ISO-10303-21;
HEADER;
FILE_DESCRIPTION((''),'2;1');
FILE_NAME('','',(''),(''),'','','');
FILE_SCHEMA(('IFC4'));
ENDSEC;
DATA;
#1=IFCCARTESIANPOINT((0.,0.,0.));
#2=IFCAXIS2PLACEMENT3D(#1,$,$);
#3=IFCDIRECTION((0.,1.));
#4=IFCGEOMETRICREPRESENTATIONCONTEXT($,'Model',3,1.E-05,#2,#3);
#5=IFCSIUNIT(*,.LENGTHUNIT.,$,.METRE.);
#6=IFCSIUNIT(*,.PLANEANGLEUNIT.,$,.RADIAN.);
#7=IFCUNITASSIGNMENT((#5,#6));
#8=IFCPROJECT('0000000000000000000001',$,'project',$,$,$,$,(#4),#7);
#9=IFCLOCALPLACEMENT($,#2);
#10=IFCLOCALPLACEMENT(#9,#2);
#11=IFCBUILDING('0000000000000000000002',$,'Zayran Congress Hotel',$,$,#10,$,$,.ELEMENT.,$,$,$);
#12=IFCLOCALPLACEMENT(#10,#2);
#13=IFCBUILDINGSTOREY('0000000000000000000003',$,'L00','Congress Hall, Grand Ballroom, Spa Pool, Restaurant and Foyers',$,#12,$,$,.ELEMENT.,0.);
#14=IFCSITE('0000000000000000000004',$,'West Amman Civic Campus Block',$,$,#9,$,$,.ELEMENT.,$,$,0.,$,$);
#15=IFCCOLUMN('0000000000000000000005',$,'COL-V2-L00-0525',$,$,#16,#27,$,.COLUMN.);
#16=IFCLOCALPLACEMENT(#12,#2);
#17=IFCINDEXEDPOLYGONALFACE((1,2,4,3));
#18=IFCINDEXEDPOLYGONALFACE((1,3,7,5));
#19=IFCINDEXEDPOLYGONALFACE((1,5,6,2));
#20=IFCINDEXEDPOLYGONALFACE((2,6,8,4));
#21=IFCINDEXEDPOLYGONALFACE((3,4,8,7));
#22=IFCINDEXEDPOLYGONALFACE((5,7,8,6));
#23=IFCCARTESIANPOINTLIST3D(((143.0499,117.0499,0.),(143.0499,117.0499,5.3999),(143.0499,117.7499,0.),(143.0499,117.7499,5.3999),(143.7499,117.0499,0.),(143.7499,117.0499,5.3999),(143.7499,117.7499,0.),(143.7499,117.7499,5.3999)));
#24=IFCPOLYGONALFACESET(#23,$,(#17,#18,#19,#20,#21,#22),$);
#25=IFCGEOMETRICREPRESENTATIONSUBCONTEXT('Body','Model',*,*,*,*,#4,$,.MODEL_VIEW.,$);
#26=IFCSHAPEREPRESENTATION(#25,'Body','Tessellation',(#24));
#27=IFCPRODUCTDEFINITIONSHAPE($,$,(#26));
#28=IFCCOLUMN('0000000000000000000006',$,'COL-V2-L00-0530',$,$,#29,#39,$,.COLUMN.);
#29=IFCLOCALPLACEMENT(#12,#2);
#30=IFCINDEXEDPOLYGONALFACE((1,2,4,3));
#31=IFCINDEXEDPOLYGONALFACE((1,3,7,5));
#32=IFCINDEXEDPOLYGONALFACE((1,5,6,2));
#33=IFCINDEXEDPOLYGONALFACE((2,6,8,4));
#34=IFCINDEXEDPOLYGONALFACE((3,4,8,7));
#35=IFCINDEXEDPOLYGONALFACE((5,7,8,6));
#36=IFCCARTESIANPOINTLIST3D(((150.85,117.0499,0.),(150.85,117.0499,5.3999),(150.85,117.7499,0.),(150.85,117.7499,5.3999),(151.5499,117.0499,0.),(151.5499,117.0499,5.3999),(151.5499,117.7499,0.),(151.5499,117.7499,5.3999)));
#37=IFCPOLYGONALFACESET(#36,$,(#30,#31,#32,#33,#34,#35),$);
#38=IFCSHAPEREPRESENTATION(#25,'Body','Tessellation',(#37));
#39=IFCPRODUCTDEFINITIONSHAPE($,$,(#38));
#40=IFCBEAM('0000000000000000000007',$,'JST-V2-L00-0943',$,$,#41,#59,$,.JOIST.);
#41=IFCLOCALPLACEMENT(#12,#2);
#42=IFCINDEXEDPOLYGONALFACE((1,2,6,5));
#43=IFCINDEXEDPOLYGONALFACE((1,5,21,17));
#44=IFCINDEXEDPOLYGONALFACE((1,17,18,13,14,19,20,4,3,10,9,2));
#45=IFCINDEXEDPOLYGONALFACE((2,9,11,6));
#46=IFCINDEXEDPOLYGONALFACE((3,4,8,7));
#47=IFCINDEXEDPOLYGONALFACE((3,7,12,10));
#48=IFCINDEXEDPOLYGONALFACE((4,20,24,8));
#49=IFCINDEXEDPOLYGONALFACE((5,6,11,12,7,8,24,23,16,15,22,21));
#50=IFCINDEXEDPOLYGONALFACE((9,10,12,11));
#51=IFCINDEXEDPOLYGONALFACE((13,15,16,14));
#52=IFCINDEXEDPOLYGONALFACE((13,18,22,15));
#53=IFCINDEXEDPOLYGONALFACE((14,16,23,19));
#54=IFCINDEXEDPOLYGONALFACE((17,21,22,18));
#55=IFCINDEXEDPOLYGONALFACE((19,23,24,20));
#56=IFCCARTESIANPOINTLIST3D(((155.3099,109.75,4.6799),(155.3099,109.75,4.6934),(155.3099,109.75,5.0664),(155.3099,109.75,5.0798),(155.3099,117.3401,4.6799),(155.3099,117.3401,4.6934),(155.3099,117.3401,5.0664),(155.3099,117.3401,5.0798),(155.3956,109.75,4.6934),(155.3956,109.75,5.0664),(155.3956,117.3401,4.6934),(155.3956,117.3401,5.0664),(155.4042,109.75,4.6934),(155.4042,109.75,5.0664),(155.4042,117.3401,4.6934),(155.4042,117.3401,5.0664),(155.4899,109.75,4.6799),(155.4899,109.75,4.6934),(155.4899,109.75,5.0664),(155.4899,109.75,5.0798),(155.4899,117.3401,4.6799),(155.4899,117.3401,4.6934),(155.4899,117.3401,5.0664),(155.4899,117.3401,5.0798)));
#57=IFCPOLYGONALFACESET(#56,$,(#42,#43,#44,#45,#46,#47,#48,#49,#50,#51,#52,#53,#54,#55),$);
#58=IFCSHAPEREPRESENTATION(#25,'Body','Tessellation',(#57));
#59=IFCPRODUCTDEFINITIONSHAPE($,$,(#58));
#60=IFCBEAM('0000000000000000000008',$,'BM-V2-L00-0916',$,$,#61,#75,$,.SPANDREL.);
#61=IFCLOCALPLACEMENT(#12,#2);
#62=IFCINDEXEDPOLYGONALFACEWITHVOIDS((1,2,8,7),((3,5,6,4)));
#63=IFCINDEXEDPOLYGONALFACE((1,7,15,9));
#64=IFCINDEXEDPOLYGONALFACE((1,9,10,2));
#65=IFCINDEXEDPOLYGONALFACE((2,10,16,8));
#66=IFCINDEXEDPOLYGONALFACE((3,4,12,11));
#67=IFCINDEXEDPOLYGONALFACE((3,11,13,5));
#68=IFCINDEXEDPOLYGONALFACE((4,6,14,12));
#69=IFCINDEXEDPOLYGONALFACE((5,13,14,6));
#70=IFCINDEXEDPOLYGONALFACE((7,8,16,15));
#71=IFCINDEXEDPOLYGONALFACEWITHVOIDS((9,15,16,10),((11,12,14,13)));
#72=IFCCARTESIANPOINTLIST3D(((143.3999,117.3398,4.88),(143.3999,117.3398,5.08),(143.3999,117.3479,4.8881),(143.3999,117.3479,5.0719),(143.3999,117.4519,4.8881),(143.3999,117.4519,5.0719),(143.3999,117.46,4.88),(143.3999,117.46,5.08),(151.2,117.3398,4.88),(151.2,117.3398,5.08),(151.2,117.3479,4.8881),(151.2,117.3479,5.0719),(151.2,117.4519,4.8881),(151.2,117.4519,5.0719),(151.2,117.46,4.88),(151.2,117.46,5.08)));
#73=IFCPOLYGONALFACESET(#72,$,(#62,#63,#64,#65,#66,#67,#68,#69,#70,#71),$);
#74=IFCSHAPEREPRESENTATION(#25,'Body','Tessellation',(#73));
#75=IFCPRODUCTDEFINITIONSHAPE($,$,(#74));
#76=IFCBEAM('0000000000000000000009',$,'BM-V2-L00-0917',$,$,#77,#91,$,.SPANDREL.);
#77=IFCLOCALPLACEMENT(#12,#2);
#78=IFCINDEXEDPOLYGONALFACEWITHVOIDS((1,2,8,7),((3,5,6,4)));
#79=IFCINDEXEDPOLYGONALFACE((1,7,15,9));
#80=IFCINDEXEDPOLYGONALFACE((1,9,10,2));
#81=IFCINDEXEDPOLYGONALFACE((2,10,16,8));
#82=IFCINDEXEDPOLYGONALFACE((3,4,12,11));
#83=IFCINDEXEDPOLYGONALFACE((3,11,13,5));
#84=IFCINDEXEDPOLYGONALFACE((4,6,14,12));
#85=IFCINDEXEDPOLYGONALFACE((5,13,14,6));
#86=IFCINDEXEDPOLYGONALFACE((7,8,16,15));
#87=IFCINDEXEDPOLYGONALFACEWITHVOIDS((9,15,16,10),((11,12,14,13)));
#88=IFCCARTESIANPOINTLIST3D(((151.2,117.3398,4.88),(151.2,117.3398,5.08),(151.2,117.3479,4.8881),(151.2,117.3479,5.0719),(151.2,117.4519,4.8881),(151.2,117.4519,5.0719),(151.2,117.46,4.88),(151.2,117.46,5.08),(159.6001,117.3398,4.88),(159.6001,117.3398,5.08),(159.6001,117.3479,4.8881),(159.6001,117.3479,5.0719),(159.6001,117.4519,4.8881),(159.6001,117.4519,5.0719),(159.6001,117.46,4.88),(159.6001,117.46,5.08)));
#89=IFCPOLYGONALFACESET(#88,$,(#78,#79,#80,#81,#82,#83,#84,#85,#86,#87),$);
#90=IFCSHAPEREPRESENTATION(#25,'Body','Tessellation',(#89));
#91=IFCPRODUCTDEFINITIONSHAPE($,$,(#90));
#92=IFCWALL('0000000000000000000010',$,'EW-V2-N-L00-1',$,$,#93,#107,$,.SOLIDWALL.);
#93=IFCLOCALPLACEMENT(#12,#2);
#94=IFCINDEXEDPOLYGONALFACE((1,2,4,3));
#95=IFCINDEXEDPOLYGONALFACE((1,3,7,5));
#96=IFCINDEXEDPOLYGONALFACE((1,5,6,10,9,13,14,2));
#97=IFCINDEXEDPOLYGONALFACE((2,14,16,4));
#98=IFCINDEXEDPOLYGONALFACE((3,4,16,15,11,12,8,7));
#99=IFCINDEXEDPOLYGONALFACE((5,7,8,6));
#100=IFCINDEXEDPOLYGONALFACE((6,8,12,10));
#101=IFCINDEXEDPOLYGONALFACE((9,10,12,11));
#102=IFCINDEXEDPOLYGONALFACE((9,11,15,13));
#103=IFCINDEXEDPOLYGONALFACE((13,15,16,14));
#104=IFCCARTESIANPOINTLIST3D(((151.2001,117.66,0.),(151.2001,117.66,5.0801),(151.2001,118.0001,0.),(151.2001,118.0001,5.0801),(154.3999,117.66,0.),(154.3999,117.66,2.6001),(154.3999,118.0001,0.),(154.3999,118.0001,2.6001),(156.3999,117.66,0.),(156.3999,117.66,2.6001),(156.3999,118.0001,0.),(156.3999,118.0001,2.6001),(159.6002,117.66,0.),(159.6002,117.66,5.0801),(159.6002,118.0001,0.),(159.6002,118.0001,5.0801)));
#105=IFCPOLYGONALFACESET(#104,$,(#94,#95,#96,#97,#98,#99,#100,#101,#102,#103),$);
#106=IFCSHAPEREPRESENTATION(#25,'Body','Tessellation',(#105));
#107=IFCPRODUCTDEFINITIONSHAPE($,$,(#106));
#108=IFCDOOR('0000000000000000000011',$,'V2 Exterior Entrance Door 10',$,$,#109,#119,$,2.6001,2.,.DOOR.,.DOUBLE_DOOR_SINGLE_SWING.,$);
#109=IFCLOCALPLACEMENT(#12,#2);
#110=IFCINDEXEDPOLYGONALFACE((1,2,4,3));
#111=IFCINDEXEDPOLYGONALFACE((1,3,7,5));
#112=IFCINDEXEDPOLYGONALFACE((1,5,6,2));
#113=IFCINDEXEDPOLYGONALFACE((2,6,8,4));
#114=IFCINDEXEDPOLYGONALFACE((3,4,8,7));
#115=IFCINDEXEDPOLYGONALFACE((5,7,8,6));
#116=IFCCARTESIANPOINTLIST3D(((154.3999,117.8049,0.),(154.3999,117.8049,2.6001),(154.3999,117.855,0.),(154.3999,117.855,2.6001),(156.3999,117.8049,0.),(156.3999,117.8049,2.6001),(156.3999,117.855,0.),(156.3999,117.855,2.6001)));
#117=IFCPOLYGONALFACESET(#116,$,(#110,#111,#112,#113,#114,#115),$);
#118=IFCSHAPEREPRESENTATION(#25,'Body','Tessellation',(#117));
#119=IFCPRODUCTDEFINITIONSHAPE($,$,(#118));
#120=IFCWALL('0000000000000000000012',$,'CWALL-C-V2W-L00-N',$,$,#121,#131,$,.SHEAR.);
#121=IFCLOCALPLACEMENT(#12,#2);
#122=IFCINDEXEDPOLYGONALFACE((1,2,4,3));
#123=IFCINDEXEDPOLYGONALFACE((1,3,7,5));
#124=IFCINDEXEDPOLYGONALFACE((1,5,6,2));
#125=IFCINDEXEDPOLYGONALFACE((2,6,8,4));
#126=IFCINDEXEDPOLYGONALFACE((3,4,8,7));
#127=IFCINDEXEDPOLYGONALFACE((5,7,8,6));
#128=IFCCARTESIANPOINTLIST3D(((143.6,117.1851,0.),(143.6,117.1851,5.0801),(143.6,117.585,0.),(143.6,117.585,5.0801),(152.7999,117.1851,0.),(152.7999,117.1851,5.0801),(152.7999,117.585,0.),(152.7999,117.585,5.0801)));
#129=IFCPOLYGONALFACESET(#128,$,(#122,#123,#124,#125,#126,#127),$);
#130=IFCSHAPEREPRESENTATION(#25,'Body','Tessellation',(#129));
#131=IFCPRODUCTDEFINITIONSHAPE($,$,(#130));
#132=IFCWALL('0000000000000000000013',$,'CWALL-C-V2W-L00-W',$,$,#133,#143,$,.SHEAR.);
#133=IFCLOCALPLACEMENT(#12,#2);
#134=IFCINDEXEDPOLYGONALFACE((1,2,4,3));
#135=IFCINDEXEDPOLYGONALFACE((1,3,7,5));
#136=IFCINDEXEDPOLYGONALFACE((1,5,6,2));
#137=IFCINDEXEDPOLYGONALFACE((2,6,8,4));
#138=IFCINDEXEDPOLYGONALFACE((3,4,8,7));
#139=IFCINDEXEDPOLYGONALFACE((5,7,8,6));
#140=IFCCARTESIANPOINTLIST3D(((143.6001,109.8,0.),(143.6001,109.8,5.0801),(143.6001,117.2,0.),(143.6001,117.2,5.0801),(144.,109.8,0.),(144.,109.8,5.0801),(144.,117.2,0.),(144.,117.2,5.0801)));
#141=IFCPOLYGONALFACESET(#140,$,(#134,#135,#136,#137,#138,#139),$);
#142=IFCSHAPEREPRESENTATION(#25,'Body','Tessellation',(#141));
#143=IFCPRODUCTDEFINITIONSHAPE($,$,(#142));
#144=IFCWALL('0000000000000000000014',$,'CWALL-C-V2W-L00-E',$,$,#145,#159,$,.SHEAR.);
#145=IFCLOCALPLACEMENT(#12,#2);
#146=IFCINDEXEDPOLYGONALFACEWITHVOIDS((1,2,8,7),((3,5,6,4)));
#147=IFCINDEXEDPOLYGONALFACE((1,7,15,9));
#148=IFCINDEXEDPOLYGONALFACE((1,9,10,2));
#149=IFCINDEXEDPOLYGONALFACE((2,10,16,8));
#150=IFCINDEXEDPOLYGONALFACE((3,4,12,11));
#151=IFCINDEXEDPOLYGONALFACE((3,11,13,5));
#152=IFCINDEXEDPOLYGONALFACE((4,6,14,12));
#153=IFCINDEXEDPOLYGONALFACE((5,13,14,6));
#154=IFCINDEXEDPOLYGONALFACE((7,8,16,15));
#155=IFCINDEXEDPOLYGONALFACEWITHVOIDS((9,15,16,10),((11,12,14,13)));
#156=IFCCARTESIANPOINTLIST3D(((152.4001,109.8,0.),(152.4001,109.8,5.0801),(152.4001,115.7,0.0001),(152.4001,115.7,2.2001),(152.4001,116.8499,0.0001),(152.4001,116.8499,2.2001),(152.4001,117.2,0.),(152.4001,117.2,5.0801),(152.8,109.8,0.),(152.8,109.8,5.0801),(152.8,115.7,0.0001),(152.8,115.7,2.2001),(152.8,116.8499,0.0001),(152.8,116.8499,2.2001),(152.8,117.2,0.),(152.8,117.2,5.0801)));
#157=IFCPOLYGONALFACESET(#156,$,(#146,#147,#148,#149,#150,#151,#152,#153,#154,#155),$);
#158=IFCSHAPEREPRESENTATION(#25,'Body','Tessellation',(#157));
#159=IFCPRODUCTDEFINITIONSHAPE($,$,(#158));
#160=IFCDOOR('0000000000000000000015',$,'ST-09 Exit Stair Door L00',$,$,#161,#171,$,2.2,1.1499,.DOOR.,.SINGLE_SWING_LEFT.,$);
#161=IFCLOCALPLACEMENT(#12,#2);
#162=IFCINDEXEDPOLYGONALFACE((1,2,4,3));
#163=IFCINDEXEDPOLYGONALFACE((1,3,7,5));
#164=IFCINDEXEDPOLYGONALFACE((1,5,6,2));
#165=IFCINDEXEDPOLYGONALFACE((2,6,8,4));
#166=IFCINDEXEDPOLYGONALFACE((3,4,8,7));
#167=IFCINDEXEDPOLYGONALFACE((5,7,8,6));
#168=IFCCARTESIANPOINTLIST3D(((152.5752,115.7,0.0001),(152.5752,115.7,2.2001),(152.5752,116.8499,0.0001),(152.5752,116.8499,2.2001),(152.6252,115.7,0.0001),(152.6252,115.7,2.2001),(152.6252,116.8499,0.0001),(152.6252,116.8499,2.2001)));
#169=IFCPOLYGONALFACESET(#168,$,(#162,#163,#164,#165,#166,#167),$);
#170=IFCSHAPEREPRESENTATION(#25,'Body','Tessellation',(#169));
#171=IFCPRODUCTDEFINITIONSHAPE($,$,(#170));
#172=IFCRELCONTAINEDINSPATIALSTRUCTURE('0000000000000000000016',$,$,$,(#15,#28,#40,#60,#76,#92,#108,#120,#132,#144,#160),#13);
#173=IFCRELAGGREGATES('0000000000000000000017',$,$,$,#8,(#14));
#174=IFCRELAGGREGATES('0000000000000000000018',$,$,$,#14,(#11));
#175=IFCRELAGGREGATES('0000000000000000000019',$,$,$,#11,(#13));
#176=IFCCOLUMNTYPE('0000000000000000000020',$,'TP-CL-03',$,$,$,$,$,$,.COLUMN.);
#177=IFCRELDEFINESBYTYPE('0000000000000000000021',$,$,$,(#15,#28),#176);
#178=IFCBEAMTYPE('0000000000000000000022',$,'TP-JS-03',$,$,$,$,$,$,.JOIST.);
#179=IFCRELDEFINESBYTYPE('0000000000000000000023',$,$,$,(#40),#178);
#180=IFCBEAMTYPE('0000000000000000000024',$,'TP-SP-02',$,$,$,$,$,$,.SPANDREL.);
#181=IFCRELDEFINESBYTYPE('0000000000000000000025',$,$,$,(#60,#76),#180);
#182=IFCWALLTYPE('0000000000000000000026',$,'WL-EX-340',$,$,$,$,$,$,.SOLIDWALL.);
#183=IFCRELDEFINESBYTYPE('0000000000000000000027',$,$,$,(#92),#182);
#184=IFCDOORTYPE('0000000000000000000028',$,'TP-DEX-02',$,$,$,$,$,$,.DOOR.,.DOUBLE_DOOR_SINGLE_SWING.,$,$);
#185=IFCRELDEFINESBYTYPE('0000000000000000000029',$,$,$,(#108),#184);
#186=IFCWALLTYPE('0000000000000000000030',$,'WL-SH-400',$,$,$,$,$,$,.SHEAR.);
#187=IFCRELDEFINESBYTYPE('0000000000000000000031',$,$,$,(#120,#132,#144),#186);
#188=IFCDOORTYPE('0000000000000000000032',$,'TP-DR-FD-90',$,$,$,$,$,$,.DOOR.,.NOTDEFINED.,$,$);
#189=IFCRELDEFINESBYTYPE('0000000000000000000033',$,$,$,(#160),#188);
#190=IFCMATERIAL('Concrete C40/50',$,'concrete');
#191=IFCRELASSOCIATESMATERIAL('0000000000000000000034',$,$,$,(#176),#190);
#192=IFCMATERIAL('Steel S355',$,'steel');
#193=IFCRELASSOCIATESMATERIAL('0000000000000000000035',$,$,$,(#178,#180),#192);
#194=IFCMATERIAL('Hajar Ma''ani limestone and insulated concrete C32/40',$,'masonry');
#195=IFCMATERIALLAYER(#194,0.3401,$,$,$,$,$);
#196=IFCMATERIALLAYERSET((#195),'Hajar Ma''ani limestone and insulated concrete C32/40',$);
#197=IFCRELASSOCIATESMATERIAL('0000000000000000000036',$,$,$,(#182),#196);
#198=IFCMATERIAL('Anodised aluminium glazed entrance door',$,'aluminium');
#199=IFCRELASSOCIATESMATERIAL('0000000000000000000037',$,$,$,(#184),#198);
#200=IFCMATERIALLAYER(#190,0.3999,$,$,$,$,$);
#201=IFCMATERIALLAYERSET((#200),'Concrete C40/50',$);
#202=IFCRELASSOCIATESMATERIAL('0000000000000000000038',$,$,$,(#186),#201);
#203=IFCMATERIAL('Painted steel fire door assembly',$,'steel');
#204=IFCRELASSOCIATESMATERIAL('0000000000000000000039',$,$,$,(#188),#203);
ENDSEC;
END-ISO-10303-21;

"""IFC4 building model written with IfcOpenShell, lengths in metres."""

from ifc_helpers import new_model, si_unit, direction, frame, frame_2d, origin, origin_2d, place, context, subcontext, project, spatial, rectangle, hollow_rectangle, i_section, extrude, material, layer, layer_set, material_profile, profile_set, type_object, element, fill, save


model = new_model("IFC4")

# Units and contexts
model_context = context("Model", 3, precision=1e-05, world=origin(), true_north=direction((0.0, 1.0)))
body_context = subcontext(model_context, "Body", "Model", "MODEL_VIEW")
ifc_project = project(units=[si_unit("LENGTHUNIT", "METRE"), si_unit("PLANEANGLEUNIT", "RADIAN")], contexts=[model_context])

# Site, building, storey
site_placement = place(None, origin())
site = spatial("IfcSite", under=ifc_project, at=site_placement, Name="West Amman Civic Campus Block", CompositionType="ELEMENT", RefElevation=0.0)
building_placement = place(site_placement, origin())
building = spatial("IfcBuilding", under=site, at=building_placement, Name="Zayran Congress Hotel", CompositionType="ELEMENT")
storey_placement = place(building_placement, origin())
storey = spatial("IfcBuildingStorey", under=building, at=storey_placement, Name="L00", Description="Congress Hall, Grand Ballroom, Spa Pool, Restaurant and Foyers", CompositionType="ELEMENT", Elevation=0.0)

# Columns
ifc_material_1 = material(Name="Concrete C40/50", Category="concrete")
ifc_material_profile_1 = material_profile(ifc_material_1, rectangle(XDim=0.7, YDim=0.7, at=origin_2d()), Name="RC 700x700")
ifc_profile_set_1 = profile_set([ifc_material_profile_1], Name="Concrete C40/50")
column_type = type_object("IfcColumnType", Name="TP-CL-03", PredefinedType="COLUMN", material=ifc_profile_set_1)
for number, where, z_axis, x_axis, name in (
    (1, (143.3999, 117.3999, 0.0), (0.0, 0.0, 1.0), (1.0, 0.0, 0.0), "COL-V2-L00-0525"),
    (2, (151.2, 117.3999, 0.0), (0.0, 0.0, 1.0), (1.0, 0.0, 0.0), "COL-V2-L00-0530"),
):
    element("IfcColumn", number, at=place(storey_placement, frame(where, z_axis=z_axis, x_axis=x_axis)), inside=storey, type_object=column_type, Name=name, PredefinedType="COLUMN", context=body_context, shape_type="SweptSolid", body=[
        extrude(rectangle(XDim=0.7, YDim=0.7, at=origin_2d()), origin(), (0.0, 0.0, 1.0), 5.3999),
    ])

# Beams
ifc_material_2 = material(Name="Steel S355", Category="steel")
ifc_material_profile_2 = material_profile(ifc_material_2, i_section(OverallWidth=0.1799, OverallDepth=0.3999, WebThickness=0.0085, FlangeThickness=0.0134, at=origin_2d()), Name="IPE 400")
ifc_profile_set_2 = profile_set([ifc_material_profile_2], Name="Steel S355")
beam_type_1 = type_object("IfcBeamType", Name="TP-JS-03", PredefinedType="JOIST", material=ifc_profile_set_2)
beam_1_placement = place(storey_placement, frame((155.3999, 109.75, 4.8799), z_axis=(0.0, 1.0, 0.0), x_axis=(-1.0, 0.0, 0.0)))
element("IfcBeam", 3, at=beam_1_placement, inside=storey, type_object=beam_type_1, Name="JST-V2-L00-0943", PredefinedType="JOIST", context=body_context, shape_type="SweptSolid", body=[
    extrude(i_section(OverallWidth=0.1799, OverallDepth=0.3999, WebThickness=0.0085, FlangeThickness=0.0134, at=origin_2d()), origin(), (0.0, 0.0, 1.0), 7.5901),
])
ifc_material_profile_3 = material_profile(ifc_material_2, hollow_rectangle(XDim=0.1201, YDim=0.2, WallThickness=0.0081, at=origin_2d()), Name="RHS 200x120x8")
ifc_profile_set_3 = profile_set([ifc_material_profile_3], Name="Steel S355")
beam_type_2 = type_object("IfcBeamType", Name="TP-SP-02", PredefinedType="SPANDREL", material=ifc_profile_set_3)
beam_2_placement = place(storey_placement, frame((143.3999, 117.3999, 4.98), z_axis=(1.0, 0.0, 0.0), x_axis=(0.0, 1.0, 0.0)))
element("IfcBeam", 4, at=beam_2_placement, inside=storey, type_object=beam_type_2, Name="BM-V2-L00-0916", PredefinedType="SPANDREL", context=body_context, shape_type="SweptSolid", body=[
    extrude(hollow_rectangle(XDim=0.1201, YDim=0.2, WallThickness=0.0081, at=origin_2d()), origin(), (0.0, 0.0, 1.0), 7.8),
])
beam_3_placement = place(storey_placement, frame((151.2, 117.3999, 4.98), z_axis=(1.0, 0.0, 0.0), x_axis=(0.0, 1.0, 0.0)))
element("IfcBeam", 5, at=beam_3_placement, inside=storey, type_object=beam_type_2, Name="BM-V2-L00-0917", PredefinedType="SPANDREL", context=body_context, shape_type="SweptSolid", body=[
    extrude(hollow_rectangle(XDim=0.1201, YDim=0.2, WallThickness=0.0081, at=origin_2d()), origin(), (0.0, 0.0, 1.0), 8.4001),
])

# Wall, opening, door
ifc_material_3 = material(Name="Hajar Ma'ani limestone and insulated concrete C32/40", Category="masonry")
ifc_layer_1 = layer(ifc_material_3, 0.3401)
ifc_layer_set_1 = layer_set([ifc_layer_1], Name="Hajar Ma'ani limestone and insulated concrete C32/40")
wall_type_1 = type_object("IfcWallType", Name="WL-EX-340", PredefinedType="SOLIDWALL", material=ifc_layer_set_1)
wall_1_placement = place(storey_placement, frame((151.2, 117.8301, 0.0), z_axis=(0.0, 0.0, 1.0), x_axis=(1.0, 0.0, 0.0)))
wall_1 = element("IfcWall", 6, at=wall_1_placement, inside=storey, type_object=wall_type_1, Name="EW-V2-N-L00-1", PredefinedType="SOLIDWALL", context=body_context, shape_type="SweptSolid", body=[
    extrude(rectangle(XDim=8.4001, YDim=0.3401, at=frame_2d((4.2002, 0.0))), origin(), (0.0, 0.0, 1.0), 5.0801),
])
opening_1_placement = place(wall_1_placement, frame((3.2, 0.0, 0.0)))
opening_1 = element("IfcOpeningElement", 7, at=opening_1_placement, cuts=wall_1, PredefinedType="OPENING", context=body_context, shape_type="SweptSolid", body=[
    extrude(rectangle(XDim=2.0, YDim=2.6001, at=frame_2d((1.0, 1.3))), frame((0.0, 0.1799, 0.0), z_axis=(0.0, -1.0, 0.0), x_axis=(1.0, 0.0, 0.0)), (0.0, 0.0, 1.0), 0.3601),
])
ifc_material_4 = material(Name="Anodised aluminium glazed entrance door", Category="aluminium")
door_type_1 = type_object("IfcDoorType", Name="TP-DEX-02", OperationType="DOUBLE_DOOR_SINGLE_SWING", PredefinedType="DOOR", material=ifc_material_4)
door_1_placement = place(opening_1_placement, origin())
door_1 = element("IfcDoor", 8, at=door_1_placement, inside=storey, type_object=door_type_1, Name="V2 Exterior Entrance Door 10", OperationType="DOUBLE_DOOR_SINGLE_SWING", OverallHeight=2.6001, OverallWidth=2.0, PredefinedType="DOOR", context=body_context, shape_type="SweptSolid", body=[
    extrude(rectangle(XDim=2.0, YDim=2.6001, at=frame_2d((1.0, 1.3))), frame((0.0, 0.0249, 0.0), z_axis=(0.0, -1.0, 0.0), x_axis=(1.0, 0.0, 0.0)), (0.0, 0.0, 1.0), 0.05),
])
fill(opening_1, door_1)

# Walls
ifc_layer_2 = layer(ifc_material_1, 0.3999)
ifc_layer_set_2 = layer_set([ifc_layer_2], Name="Concrete C40/50")
wall_type_2 = type_object("IfcWallType", Name="WL-SH-400", PredefinedType="SHEAR", material=ifc_layer_set_2)
wall_2_placement = place(storey_placement, frame((152.8, 117.385, 0.0), z_axis=(0.0, 0.0, 1.0), x_axis=(-1.0, 0.0, 0.0)))
element("IfcWall", 9, at=wall_2_placement, inside=storey, type_object=wall_type_2, Name="CWALL-C-V2W-L00-N", PredefinedType="SHEAR", context=body_context, shape_type="SweptSolid", body=[
    extrude(rectangle(XDim=9.2, YDim=0.3999, at=frame_2d((4.6001, 0.0))), origin(), (0.0, 0.0, 1.0), 5.0801),
])
wall_3_placement = place(storey_placement, frame((143.8, 117.2, 0.0), z_axis=(0.0, 0.0, 1.0), x_axis=(0.0, -1.0, 0.0)))
element("IfcWall", 10, at=wall_3_placement, inside=storey, type_object=wall_type_2, Name="CWALL-C-V2W-L00-W", PredefinedType="SHEAR", context=body_context, shape_type="SweptSolid", body=[
    extrude(rectangle(XDim=7.3999, YDim=0.3999, at=frame_2d((3.7, 0.0))), origin(), (0.0, 0.0, 1.0), 5.0801),
])

# Wall, opening, door
wall_4_placement = place(storey_placement, frame((152.6001, 109.8, 0.0), z_axis=(0.0, 0.0, 1.0), x_axis=(0.0, 1.0, 0.0)))
wall_4 = element("IfcWall", 11, at=wall_4_placement, inside=storey, type_object=wall_type_2, Name="CWALL-C-V2W-L00-E", PredefinedType="SHEAR", context=body_context, shape_type="SweptSolid", body=[
    extrude(rectangle(XDim=7.3999, YDim=0.3999, at=frame_2d((3.7, 0.0))), origin(), (0.0, 0.0, 1.0), 5.0801),
])
opening_2_placement = place(wall_4_placement, frame((5.8999, 0.0, 0.0)))
opening_2 = element("IfcOpeningElement", 12, at=opening_2_placement, cuts=wall_4, PredefinedType="OPENING", context=body_context, shape_type="SweptSolid", body=[
    extrude(rectangle(XDim=1.1499, YDim=2.2, at=frame_2d((0.575, 1.1001))), frame((0.0, 0.21, 0.0), z_axis=(0.0, -1.0, 0.0), x_axis=(1.0, 0.0, 0.0)), (0.0, 0.0, 1.0), 0.4199),
])
ifc_material_5 = material(Name="Painted steel fire door assembly", Category="steel")
door_type_2 = type_object("IfcDoorType", Name="TP-DR-FD-90", OperationType="NOTDEFINED", PredefinedType="DOOR", material=ifc_material_5)
door_2_placement = place(opening_2_placement, origin())
door_2 = element("IfcDoor", 13, at=door_2_placement, inside=storey, type_object=door_type_2, Name="ST-09 Exit Stair Door L00", OperationType="SINGLE_SWING_LEFT", OverallHeight=2.2, OverallWidth=1.1499, PredefinedType="DOOR", context=body_context, shape_type="SweptSolid", body=[
    extrude(rectangle(XDim=1.1499, YDim=2.2, at=frame_2d((0.575, 1.1001))), frame((0.0, 0.0249, 0.0), z_axis=(0.0, -1.0, 0.0), x_axis=(1.0, 0.0, 0.0)), (0.0, 0.0, 1.0), 0.05),
])
fill(opening_2, door_2)

save(model, "model.ifc")
